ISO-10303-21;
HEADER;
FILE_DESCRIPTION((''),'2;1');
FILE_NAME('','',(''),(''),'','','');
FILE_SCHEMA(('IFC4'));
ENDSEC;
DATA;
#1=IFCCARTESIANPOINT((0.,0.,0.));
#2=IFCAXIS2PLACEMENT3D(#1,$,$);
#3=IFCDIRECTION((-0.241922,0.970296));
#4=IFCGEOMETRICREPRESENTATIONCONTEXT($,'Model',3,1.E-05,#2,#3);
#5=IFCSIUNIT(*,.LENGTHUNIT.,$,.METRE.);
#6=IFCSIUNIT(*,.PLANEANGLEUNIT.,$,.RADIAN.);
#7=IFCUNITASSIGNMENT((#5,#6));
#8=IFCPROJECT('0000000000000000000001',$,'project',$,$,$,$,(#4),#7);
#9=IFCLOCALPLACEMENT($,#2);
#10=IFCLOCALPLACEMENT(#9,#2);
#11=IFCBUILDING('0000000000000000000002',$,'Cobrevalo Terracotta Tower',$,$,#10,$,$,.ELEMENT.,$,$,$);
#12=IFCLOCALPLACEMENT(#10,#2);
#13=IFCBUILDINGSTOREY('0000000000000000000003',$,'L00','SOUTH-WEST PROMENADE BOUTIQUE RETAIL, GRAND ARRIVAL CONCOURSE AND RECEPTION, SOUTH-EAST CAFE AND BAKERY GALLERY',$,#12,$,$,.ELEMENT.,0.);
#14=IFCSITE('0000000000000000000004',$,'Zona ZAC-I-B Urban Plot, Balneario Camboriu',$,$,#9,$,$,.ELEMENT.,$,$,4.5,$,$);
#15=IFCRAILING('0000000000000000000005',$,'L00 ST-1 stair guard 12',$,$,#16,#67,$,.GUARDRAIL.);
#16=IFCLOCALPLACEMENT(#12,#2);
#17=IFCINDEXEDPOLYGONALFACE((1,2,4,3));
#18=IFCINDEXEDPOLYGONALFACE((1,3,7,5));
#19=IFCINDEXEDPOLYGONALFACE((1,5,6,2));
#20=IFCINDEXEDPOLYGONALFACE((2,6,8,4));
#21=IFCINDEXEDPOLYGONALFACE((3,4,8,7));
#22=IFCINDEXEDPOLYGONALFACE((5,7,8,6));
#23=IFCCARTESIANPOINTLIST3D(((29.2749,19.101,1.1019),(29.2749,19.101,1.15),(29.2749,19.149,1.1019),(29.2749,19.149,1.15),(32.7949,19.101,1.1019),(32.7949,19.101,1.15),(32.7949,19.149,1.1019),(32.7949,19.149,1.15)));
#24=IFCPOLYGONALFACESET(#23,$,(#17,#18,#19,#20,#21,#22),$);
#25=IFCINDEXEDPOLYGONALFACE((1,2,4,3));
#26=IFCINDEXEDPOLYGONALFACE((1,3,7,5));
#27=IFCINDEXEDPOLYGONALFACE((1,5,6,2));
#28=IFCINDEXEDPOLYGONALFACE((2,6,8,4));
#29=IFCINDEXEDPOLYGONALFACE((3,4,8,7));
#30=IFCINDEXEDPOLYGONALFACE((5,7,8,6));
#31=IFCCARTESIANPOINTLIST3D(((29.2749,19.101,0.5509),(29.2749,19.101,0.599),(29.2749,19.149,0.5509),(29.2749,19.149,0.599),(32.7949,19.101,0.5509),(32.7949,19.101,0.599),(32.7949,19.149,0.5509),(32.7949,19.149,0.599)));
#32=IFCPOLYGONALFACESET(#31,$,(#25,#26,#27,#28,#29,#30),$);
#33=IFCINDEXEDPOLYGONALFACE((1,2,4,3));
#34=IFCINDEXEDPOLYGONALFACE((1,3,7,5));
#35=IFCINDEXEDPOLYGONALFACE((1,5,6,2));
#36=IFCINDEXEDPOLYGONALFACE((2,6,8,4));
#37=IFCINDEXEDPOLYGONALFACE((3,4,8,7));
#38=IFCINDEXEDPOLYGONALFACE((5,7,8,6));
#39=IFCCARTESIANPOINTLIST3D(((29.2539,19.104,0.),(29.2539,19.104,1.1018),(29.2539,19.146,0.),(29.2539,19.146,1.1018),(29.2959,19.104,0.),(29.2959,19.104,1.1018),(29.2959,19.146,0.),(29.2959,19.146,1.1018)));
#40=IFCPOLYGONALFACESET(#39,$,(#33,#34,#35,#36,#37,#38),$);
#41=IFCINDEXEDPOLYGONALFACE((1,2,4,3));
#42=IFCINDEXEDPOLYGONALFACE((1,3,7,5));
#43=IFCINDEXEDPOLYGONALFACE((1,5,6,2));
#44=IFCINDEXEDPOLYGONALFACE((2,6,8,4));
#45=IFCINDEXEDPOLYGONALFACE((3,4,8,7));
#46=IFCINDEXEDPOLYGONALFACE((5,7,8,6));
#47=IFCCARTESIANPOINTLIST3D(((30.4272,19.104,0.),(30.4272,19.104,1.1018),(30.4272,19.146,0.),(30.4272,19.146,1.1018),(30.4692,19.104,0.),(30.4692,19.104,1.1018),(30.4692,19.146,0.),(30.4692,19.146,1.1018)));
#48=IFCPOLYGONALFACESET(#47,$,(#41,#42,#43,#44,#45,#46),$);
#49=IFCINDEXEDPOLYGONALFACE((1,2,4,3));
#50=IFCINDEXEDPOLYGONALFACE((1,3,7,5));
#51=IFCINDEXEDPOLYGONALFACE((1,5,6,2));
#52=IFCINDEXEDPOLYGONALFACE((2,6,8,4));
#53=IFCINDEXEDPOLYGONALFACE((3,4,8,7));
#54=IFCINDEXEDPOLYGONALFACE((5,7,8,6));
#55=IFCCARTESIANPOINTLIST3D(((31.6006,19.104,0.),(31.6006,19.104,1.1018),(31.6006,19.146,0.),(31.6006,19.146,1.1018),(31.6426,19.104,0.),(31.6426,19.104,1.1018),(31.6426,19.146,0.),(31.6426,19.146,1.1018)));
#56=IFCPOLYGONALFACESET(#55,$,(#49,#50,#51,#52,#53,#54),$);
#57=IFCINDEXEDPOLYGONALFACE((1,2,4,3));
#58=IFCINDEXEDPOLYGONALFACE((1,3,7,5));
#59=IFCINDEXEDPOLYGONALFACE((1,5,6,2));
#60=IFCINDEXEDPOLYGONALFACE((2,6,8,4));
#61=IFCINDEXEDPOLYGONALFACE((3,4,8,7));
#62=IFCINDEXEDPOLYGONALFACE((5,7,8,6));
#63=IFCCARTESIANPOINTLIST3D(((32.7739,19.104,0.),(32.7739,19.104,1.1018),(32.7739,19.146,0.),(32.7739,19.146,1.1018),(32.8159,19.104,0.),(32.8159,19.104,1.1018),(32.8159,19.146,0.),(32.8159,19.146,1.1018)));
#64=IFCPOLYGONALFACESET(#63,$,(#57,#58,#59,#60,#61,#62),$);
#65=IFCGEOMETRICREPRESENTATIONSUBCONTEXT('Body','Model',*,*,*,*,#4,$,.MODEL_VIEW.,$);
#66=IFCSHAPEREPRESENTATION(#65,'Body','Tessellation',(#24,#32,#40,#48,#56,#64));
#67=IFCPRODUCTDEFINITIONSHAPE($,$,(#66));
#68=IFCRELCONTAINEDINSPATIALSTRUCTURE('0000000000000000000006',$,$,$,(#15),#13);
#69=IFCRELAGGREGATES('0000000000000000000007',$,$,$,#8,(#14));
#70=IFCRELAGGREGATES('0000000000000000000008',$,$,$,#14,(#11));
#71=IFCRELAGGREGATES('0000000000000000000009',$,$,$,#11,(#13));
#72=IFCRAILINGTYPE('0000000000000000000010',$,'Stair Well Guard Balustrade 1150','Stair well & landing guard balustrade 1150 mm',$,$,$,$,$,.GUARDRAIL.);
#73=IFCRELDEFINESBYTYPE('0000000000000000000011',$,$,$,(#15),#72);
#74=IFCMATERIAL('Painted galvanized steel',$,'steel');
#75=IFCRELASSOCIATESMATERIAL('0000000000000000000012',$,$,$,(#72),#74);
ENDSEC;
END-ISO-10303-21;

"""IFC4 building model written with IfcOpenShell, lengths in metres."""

from ifc_helpers import new_model, si_unit, direction, frame, origin, origin_2d, place, context, subcontext, project, spatial, rectangle, extrude, material, type_object, element, save


model = new_model("IFC4")

# Units and contexts
model_context = context("Model", 3, precision=1e-05, world=origin(), true_north=direction((-0.241922, 0.970296)))
body_context = subcontext(model_context, "Body", "Model", "MODEL_VIEW")
ifc_project = project(units=[si_unit("LENGTHUNIT", "METRE"), si_unit("PLANEANGLEUNIT", "RADIAN")], contexts=[model_context])

# Site, building, storey
site_placement = place(None, origin())
site = spatial("IfcSite", under=ifc_project, at=site_placement, Name="Zona ZAC-I-B Urban Plot, Balneario Camboriu", CompositionType="ELEMENT", RefElevation=4.5)
building_placement = place(site_placement, origin())
building = spatial("IfcBuilding", under=site, at=building_placement, Name="Cobrevalo Terracotta Tower", CompositionType="ELEMENT")
storey_placement = place(building_placement, origin())
storey = spatial("IfcBuildingStorey", under=building, at=storey_placement, Name="L00", Description="SOUTH-WEST PROMENADE BOUTIQUE RETAIL, GRAND ARRIVAL CONCOURSE AND RECEPTION, SOUTH-EAST CAFE AND BAKERY GALLERY", CompositionType="ELEMENT", Elevation=0.0)

# Railing
ifc_material_1 = material(Name="Painted galvanized steel", Category="steel")
railing_type_1 = type_object("IfcRailingType", Name="Stair Well Guard Balustrade 1150", Description="Stair well & landing guard balustrade 1150 mm", PredefinedType="GUARDRAIL", material=ifc_material_1)
railing_1_placement = place(storey_placement, frame((29.2749, 19.125, 0.0)))
element("IfcRailing", 1, at=railing_1_placement, inside=storey, type_object=railing_type_1, Name="L00 ST-1 stair guard 12", PredefinedType="GUARDRAIL", context=body_context, shape_type="SweptSolid", body=[
    extrude(rectangle(XDim=0.0481, YDim=0.0481, at=origin_2d()), frame((0.0, 0.0, 1.126), z_axis=(1.0, 0.0, 0.0), x_axis=(0.0, 1.0, 0.0)), (0.0, 0.0, 1.0), 3.52),
    extrude(rectangle(XDim=0.0481, YDim=0.0481, at=origin_2d()), frame((0.0, 0.0, 0.575), z_axis=(1.0, 0.0, 0.0), x_axis=(0.0, 1.0, 0.0)), (0.0, 0.0, 1.0), 3.52),
    extrude(rectangle(XDim=0.042, YDim=0.042, at=origin_2d()), origin(), (0.0, 0.0, 1.0), 1.1018),
    extrude(rectangle(XDim=0.042, YDim=0.042, at=origin_2d()), frame((1.1733, 0.0, 0.0)), (0.0, 0.0, 1.0), 1.1018),
    extrude(rectangle(XDim=0.042, YDim=0.042, at=origin_2d()), frame((2.3467, 0.0, 0.0)), (0.0, 0.0, 1.0), 1.1018),
    extrude(rectangle(XDim=0.042, YDim=0.042, at=origin_2d()), frame((3.52, 0.0, 0.0)), (0.0, 0.0, 1.0), 1.1018),
])

save(model, "model.ifc")
